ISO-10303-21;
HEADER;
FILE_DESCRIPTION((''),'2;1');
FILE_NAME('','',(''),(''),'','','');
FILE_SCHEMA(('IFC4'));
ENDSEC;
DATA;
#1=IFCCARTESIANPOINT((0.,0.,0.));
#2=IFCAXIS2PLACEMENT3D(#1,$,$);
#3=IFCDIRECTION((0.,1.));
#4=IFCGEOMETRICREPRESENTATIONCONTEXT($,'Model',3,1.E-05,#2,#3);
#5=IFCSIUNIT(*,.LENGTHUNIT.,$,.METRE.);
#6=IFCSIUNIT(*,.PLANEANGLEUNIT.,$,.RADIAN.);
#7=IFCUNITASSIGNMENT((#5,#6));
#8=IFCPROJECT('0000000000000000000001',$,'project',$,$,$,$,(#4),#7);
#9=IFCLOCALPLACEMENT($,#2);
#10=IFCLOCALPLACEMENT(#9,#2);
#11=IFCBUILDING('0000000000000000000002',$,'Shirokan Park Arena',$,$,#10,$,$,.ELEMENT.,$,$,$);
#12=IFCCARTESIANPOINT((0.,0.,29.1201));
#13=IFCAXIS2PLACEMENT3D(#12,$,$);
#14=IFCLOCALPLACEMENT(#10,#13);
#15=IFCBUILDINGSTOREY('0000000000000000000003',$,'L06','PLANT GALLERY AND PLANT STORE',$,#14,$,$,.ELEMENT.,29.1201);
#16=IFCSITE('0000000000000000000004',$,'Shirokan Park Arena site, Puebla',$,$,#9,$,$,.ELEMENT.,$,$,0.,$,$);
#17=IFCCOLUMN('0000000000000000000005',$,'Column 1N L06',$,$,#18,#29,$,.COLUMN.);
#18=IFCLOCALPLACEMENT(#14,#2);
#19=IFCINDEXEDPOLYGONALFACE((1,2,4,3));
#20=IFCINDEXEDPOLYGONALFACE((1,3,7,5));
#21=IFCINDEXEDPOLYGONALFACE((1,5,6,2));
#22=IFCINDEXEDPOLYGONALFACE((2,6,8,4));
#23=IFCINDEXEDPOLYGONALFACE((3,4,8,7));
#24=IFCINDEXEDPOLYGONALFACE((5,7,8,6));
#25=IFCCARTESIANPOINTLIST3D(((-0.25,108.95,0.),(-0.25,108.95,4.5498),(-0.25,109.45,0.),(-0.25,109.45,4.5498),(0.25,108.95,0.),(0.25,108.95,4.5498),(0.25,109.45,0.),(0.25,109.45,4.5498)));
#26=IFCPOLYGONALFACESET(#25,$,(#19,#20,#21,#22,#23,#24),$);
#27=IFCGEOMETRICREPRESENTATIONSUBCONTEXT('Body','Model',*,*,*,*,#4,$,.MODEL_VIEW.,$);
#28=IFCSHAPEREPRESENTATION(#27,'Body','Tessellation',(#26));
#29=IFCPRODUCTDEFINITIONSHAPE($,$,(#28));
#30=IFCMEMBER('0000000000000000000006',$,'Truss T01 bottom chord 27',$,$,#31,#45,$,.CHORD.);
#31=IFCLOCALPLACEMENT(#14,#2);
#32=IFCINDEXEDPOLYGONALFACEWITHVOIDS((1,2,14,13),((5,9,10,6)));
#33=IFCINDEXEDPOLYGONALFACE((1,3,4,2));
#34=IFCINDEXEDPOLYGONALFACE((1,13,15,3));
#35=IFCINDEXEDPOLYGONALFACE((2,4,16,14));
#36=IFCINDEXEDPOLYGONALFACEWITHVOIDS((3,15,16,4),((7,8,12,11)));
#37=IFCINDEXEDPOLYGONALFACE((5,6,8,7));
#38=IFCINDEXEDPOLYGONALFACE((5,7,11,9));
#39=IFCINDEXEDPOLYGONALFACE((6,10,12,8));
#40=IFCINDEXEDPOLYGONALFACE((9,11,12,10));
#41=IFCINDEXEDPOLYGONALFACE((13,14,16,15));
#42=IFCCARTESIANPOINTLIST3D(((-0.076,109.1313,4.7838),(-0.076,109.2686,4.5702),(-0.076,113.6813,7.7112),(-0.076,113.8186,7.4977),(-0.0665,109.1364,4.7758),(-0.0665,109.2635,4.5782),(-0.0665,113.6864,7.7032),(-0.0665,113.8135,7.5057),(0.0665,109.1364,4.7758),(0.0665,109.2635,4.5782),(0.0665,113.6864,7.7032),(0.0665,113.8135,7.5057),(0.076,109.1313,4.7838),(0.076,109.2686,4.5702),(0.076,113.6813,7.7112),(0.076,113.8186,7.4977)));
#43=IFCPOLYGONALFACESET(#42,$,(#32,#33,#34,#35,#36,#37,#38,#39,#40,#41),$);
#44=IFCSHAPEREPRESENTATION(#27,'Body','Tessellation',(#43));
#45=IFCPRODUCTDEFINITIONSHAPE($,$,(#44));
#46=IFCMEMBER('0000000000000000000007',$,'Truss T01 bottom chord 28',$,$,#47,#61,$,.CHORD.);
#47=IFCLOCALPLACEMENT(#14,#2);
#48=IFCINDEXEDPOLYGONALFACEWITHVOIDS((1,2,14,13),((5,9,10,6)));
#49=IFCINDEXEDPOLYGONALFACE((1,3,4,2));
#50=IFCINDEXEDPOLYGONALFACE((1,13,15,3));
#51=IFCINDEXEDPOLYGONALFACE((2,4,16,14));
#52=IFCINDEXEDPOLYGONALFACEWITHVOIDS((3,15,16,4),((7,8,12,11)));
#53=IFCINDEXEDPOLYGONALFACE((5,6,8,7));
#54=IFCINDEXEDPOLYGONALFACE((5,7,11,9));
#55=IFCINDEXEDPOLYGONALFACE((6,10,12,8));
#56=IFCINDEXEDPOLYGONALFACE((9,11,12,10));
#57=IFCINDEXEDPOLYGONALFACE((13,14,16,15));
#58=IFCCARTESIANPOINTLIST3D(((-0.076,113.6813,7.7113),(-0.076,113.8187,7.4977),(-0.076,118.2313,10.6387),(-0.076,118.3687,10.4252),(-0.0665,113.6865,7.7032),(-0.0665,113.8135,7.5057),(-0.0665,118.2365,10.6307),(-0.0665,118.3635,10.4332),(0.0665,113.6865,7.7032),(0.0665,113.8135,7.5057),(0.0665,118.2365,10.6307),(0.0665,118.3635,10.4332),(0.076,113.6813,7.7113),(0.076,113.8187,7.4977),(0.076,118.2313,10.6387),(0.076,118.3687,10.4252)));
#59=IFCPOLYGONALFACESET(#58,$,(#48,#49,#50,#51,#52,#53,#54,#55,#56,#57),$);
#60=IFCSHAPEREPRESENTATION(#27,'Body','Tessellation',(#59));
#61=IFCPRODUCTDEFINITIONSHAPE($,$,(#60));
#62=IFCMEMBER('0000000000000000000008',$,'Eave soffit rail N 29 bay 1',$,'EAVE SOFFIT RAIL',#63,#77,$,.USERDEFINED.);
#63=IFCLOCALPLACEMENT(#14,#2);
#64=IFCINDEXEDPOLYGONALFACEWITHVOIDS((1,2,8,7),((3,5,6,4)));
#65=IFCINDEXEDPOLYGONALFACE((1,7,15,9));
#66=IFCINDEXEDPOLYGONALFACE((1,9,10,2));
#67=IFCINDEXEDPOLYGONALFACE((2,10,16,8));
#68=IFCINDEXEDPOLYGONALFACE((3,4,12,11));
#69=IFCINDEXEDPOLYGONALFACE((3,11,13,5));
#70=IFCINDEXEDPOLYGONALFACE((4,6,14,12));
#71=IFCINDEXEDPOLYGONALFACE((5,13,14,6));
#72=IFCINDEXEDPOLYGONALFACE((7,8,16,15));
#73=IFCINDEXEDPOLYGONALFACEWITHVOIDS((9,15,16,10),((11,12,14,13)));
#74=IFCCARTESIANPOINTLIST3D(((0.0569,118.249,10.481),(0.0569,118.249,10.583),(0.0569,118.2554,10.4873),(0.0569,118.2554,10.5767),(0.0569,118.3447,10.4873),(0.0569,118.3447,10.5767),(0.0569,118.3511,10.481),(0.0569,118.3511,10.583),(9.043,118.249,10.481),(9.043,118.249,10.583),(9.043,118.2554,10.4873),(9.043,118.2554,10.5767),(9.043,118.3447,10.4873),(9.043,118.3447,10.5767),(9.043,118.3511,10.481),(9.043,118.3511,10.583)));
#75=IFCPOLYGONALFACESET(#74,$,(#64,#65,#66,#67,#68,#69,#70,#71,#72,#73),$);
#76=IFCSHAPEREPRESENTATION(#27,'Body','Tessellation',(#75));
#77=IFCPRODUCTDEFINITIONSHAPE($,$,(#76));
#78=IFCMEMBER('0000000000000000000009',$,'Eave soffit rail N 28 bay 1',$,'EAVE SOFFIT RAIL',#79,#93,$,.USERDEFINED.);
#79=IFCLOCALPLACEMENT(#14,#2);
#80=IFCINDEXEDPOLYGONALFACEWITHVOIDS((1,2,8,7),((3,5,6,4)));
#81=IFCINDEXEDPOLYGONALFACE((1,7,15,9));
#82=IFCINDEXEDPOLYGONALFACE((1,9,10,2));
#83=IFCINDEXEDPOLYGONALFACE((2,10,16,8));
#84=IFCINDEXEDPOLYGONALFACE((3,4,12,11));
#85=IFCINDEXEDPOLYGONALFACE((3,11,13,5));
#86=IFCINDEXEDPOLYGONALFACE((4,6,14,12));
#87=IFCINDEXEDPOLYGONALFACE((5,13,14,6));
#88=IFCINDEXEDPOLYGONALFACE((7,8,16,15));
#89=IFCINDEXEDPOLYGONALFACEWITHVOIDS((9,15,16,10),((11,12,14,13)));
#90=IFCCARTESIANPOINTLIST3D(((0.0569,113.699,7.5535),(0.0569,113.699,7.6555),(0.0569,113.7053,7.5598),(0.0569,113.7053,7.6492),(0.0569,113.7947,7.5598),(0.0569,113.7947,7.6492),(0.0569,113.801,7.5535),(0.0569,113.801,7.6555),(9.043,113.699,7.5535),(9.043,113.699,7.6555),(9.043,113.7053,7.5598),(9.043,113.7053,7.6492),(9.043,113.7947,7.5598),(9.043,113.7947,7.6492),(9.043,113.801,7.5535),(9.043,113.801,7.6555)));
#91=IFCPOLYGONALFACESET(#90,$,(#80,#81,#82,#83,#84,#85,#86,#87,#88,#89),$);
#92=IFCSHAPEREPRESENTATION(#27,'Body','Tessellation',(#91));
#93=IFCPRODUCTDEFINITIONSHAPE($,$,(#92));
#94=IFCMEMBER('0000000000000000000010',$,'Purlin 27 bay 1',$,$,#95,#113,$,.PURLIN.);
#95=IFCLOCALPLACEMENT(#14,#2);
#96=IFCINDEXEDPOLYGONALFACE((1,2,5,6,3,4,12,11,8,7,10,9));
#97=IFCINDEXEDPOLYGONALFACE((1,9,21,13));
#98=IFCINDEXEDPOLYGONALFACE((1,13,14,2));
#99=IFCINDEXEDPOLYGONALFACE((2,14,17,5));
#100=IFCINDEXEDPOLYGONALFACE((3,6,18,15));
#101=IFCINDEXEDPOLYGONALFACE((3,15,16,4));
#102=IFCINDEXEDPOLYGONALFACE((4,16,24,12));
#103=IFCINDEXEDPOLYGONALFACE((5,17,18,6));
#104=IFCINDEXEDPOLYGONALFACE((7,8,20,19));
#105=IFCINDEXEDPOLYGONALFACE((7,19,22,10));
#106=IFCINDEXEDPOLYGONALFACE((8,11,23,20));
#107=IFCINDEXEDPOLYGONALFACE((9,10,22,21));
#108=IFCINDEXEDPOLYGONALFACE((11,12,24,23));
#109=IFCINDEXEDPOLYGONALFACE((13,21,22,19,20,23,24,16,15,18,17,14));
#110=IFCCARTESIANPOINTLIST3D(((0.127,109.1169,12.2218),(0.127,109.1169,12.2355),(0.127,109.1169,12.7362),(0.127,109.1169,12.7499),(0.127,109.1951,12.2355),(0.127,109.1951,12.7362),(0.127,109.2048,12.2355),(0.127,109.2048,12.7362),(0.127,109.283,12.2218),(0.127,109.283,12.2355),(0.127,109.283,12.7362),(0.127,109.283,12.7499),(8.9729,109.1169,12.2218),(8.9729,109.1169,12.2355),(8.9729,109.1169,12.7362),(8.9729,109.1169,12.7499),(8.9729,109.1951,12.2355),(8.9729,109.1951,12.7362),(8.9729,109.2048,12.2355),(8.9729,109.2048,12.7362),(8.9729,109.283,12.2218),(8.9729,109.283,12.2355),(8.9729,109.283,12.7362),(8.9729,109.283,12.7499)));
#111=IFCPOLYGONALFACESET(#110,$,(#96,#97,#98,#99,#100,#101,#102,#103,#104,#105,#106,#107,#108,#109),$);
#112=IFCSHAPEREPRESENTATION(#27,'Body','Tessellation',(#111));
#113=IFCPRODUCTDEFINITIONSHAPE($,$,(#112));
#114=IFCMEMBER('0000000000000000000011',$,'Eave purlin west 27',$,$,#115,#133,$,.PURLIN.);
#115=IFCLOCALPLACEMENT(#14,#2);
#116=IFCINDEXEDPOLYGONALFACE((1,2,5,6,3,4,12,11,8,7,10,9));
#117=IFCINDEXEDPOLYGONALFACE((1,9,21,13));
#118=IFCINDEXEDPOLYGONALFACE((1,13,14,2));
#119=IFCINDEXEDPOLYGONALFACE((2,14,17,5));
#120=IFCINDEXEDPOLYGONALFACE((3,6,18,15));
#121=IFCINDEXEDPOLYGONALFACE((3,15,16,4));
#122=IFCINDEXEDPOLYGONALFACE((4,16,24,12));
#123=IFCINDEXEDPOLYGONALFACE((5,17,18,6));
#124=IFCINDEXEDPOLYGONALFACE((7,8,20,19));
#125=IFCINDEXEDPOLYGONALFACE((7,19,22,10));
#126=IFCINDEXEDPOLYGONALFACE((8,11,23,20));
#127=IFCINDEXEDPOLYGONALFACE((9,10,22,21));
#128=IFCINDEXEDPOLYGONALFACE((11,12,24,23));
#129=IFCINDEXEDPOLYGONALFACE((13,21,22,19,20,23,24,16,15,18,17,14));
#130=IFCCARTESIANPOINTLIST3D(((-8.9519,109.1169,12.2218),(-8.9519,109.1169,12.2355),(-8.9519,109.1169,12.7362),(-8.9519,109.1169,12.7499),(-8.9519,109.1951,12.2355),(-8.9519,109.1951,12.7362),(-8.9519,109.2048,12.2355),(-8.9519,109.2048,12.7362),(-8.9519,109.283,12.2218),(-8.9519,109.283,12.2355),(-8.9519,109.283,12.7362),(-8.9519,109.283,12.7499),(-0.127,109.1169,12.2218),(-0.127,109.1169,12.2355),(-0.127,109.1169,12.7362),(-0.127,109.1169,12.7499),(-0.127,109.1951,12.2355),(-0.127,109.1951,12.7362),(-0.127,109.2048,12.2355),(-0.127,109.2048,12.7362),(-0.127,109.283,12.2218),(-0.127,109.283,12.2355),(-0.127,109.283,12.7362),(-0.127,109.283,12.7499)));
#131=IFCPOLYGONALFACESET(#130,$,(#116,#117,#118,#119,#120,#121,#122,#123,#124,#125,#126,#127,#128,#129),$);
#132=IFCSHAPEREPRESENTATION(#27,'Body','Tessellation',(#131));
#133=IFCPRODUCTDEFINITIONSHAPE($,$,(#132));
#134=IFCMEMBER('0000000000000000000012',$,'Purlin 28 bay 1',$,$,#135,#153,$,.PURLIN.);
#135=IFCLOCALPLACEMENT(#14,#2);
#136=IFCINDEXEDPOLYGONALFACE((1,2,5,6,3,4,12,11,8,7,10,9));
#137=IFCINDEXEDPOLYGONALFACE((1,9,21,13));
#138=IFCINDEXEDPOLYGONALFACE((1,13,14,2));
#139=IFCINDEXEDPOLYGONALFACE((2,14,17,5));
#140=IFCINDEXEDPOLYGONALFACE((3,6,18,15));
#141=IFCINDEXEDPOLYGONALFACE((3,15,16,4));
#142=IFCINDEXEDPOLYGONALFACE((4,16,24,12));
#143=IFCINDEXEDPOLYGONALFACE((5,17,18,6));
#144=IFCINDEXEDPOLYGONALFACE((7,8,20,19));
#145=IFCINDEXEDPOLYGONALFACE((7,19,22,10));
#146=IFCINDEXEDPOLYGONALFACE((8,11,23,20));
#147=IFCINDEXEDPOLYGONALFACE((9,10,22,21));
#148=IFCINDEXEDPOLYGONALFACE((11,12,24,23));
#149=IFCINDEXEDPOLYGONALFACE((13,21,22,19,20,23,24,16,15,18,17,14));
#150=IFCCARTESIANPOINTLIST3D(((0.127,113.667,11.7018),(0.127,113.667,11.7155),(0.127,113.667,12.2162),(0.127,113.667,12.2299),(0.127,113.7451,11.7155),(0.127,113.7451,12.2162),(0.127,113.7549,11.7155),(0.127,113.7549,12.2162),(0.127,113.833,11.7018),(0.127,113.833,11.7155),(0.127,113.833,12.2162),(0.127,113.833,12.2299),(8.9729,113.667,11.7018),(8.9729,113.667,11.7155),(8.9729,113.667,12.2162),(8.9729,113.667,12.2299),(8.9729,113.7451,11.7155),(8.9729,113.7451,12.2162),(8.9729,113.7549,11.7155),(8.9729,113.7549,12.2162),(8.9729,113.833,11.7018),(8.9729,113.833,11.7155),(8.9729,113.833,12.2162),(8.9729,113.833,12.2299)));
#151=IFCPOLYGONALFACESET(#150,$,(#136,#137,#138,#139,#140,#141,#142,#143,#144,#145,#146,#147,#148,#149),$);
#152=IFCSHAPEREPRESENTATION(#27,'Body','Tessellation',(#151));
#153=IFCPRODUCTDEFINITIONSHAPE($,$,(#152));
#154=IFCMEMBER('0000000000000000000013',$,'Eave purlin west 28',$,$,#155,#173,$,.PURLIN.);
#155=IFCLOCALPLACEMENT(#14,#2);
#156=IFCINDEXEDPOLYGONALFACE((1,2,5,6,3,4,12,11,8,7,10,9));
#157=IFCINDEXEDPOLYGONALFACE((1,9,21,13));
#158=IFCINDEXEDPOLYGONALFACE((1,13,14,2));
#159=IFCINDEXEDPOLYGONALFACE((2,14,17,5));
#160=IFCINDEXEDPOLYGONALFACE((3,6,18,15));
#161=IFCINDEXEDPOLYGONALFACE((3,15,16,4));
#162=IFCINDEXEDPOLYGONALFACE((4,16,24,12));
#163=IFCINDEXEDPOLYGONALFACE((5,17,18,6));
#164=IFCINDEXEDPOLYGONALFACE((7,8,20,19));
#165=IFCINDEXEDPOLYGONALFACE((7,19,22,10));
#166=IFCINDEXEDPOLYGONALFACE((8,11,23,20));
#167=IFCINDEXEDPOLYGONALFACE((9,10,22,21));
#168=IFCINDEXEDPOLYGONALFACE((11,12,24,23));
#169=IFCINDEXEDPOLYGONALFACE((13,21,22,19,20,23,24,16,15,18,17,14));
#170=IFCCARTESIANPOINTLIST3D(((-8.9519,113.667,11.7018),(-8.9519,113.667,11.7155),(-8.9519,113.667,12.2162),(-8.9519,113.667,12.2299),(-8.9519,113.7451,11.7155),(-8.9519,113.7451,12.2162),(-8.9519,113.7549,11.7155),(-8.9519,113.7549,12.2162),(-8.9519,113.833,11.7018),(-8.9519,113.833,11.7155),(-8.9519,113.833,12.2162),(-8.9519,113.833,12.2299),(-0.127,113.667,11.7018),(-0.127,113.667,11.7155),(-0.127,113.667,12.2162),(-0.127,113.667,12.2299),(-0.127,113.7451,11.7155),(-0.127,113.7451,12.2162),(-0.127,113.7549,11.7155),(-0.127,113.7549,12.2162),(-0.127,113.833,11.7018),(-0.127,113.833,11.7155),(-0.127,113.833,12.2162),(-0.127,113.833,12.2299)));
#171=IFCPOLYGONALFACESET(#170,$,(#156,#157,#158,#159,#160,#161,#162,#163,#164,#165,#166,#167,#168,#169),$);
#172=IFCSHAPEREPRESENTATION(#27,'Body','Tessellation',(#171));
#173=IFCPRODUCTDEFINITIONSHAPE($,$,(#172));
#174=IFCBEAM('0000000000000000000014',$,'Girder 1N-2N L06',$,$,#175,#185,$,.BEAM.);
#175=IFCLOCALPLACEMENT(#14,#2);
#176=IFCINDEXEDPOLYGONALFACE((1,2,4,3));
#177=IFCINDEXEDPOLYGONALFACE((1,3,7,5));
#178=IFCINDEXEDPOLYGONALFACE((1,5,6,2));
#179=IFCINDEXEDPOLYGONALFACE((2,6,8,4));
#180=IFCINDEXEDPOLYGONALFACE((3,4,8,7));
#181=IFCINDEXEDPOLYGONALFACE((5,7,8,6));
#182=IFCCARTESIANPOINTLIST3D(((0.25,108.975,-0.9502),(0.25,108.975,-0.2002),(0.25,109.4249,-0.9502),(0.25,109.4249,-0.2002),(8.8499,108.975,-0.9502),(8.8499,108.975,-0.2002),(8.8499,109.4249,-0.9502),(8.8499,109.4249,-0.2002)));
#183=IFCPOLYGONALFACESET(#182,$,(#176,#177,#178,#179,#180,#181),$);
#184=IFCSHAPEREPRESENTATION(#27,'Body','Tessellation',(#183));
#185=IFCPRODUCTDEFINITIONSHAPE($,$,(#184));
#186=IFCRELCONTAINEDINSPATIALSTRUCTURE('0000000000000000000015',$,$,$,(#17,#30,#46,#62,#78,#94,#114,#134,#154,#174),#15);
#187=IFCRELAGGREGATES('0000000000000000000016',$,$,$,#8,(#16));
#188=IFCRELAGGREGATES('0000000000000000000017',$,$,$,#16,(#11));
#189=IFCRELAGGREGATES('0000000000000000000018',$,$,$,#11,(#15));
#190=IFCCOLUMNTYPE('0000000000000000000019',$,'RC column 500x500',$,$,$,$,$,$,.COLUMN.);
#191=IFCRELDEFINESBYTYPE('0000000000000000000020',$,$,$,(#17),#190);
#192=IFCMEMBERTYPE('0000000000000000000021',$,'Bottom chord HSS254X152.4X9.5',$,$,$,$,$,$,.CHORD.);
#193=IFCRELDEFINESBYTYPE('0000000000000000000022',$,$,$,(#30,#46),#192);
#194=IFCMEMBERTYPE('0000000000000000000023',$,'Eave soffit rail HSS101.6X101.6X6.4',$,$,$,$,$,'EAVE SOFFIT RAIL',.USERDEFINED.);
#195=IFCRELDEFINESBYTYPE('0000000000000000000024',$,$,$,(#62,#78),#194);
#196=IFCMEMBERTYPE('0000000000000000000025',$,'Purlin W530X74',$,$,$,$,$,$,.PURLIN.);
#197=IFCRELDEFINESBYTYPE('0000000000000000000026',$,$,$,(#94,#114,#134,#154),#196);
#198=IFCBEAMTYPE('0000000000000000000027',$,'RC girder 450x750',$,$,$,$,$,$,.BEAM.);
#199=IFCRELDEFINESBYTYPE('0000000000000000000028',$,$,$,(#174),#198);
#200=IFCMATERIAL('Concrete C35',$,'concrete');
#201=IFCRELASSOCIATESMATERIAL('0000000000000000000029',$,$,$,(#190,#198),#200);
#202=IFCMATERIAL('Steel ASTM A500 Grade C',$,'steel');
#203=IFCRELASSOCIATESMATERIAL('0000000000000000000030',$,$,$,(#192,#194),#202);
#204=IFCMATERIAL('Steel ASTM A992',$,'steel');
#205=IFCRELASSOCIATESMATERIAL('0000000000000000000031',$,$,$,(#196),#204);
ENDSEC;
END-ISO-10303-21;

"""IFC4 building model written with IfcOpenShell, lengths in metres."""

from ifc_helpers import new_model, si_unit, direction, frame, origin, origin_2d, place, context, subcontext, project, spatial, rectangle, hollow_rectangle, i_section, extrude, material, material_profile, profile_set, type_object, element, save


model = new_model("IFC4")

# Units and contexts
model_context = context("Model", 3, precision=1e-05, world=origin(), true_north=direction((0.0, 1.0)))
body_context = subcontext(model_context, "Body", "Model", "MODEL_VIEW")
ifc_project = project(units=[si_unit("LENGTHUNIT", "METRE"), si_unit("PLANEANGLEUNIT", "RADIAN")], contexts=[model_context])

# Site, building, storey
site_placement = place(None, origin())
site = spatial("IfcSite", under=ifc_project, at=site_placement, Name="Shirokan Park Arena site, Puebla", CompositionType="ELEMENT", RefElevation=0.0)
building_placement = place(site_placement, origin())
building = spatial("IfcBuilding", under=site, at=building_placement, Name="Shirokan Park Arena", CompositionType="ELEMENT")
storey_placement = place(building_placement, frame((0.0, 0.0, 29.1201)))
storey = spatial("IfcBuildingStorey", under=building, at=storey_placement, Name="L06", Description="PLANT GALLERY AND PLANT STORE", CompositionType="ELEMENT", Elevation=29.1201)

# Column
ifc_material_1 = material(Name="Concrete C35", Category="concrete")
ifc_material_profile_1 = material_profile(ifc_material_1, rectangle(XDim=0.5, YDim=0.5, at=origin_2d()), Name="500x500")
ifc_profile_set_1 = profile_set([ifc_material_profile_1], Name="Concrete C35")
column_type = type_object("IfcColumnType", Name="RC column 500x500", PredefinedType="COLUMN", material=ifc_profile_set_1)
column_placement = place(storey_placement, frame((0.0, 109.2, 0.0), z_axis=(0.0, 0.0, 1.0), x_axis=(1.0, 0.0, 0.0)))
element("IfcColumn", 1, at=column_placement, inside=storey, type_object=column_type, Name="Column 1N L06", PredefinedType="COLUMN", context=body_context, shape_type="SweptSolid", body=[
    extrude(rectangle(XDim=0.5, YDim=0.5, at=origin_2d()), origin(), (0.0, 0.0, 1.0), 4.5498),
])

# Members
ifc_material_2 = material(Name="Steel ASTM A500 Grade C", Category="steel")
ifc_material_profile_2 = material_profile(ifc_material_2, hollow_rectangle(XDim=0.1521, YDim=0.2539, WallThickness=0.0095, at=origin_2d()), Name="HSS254X152.4X9.5")
ifc_profile_set_2 = profile_set([ifc_material_profile_2], Name="Steel ASTM A500 Grade C")
member_type_1 = type_object("IfcMemberType", Name="Bottom chord HSS254X152.4X9.5", PredefinedType="CHORD", material=ifc_profile_set_2)
for number, where, z_axis, x_axis, name in (
    (2, (0.0, 109.2, 4.677), (0.0, 0.840972, 0.541079), (-1.0, 0.0, 0.0), "Truss T01 bottom chord 27"),
    (3, (0.0, 113.75, 7.6045), (0.0, 0.840972, 0.541079), (-1.0, 0.0, 0.0), "Truss T01 bottom chord 28"),
):
    element("IfcMember", number, at=place(storey_placement, frame(where, z_axis=z_axis, x_axis=x_axis)), inside=storey, type_object=member_type_1, Name=name, PredefinedType="CHORD", context=body_context, shape_type="SweptSolid", body=[
        extrude(hollow_rectangle(XDim=0.1521, YDim=0.2539, WallThickness=0.0095, at=origin_2d()), origin(), (0.0, 0.0, 1.0), 5.4104),
    ])
ifc_material_profile_3 = material_profile(ifc_material_2, hollow_rectangle(XDim=0.1021, YDim=0.1021, WallThickness=0.0063, at=origin_2d()), Name="HSS101.6X101.6X6.4")
ifc_profile_set_3 = profile_set([ifc_material_profile_3], Name="Steel ASTM A500 Grade C")
member_type_2 = type_object("IfcMemberType", Name="Eave soffit rail HSS101.6X101.6X6.4", ElementType="EAVE SOFFIT RAIL", PredefinedType="USERDEFINED", material=ifc_profile_set_3)
for number, where, z_axis, x_axis, name in (
    (4, (0.0569, 118.3, 10.532), (1.0, 0.0, 0.0), (0.0, 1.0, 0.0), "Eave soffit rail N 29 bay 1"),
    (5, (0.0569, 113.75, 7.6045), (1.0, 0.0, 0.0), (0.0, 1.0, 0.0), "Eave soffit rail N 28 bay 1"),
):
    element("IfcMember", number, at=place(storey_placement, frame(where, z_axis=z_axis, x_axis=x_axis)), inside=storey, type_object=member_type_2, Name=name, ObjectType="EAVE SOFFIT RAIL", PredefinedType="USERDEFINED", context=body_context, shape_type="SweptSolid", body=[
        extrude(hollow_rectangle(XDim=0.1021, YDim=0.1021, WallThickness=0.0063, at=origin_2d()), origin(), (0.0, 0.0, 1.0), 8.9861),
    ])
ifc_material_3 = material(Name="Steel ASTM A992", Category="steel")
ifc_material_profile_4 = material_profile(ifc_material_3, i_section(OverallWidth=0.166, OverallDepth=0.5281, WebThickness=0.0098, FlangeThickness=0.0137, at=origin_2d()), Name="W530X74")
ifc_profile_set_4 = profile_set([ifc_material_profile_4], Name="Steel ASTM A992")
member_type_3 = type_object("IfcMemberType", Name="Purlin W530X74", PredefinedType="PURLIN", material=ifc_profile_set_4)
member_1_placement = place(storey_placement, frame((0.127, 109.2, 12.4858), z_axis=(1.0, 0.0, 0.0), x_axis=(0.0, 1.0, 0.0)))
element("IfcMember", 6, at=member_1_placement, inside=storey, type_object=member_type_3, Name="Purlin 27 bay 1", PredefinedType="PURLIN", context=body_context, shape_type="SweptSolid", body=[
    extrude(i_section(OverallWidth=0.166, OverallDepth=0.5281, WebThickness=0.0098, FlangeThickness=0.0137, at=origin_2d()), origin(), (0.0, 0.0, 1.0), 8.8459),
])
member_2_placement = place(storey_placement, frame((-8.9519, 109.2, 12.4858), z_axis=(1.0, 0.0, 0.0), x_axis=(0.0, 1.0, 0.0)))
element("IfcMember", 7, at=member_2_placement, inside=storey, type_object=member_type_3, Name="Eave purlin west 27", PredefinedType="PURLIN", context=body_context, shape_type="SweptSolid", body=[
    extrude(i_section(OverallWidth=0.166, OverallDepth=0.5281, WebThickness=0.0098, FlangeThickness=0.0137, at=origin_2d()), origin(), (0.0, 0.0, 1.0), 8.825),
])
member_3_placement = place(storey_placement, frame((0.127, 113.75, 11.9658), z_axis=(1.0, 0.0, 0.0), x_axis=(0.0, 1.0, 0.0)))
element("IfcMember", 8, at=member_3_placement, inside=storey, type_object=member_type_3, Name="Purlin 28 bay 1", PredefinedType="PURLIN", context=body_context, shape_type="SweptSolid", body=[
    extrude(i_section(OverallWidth=0.166, OverallDepth=0.5281, WebThickness=0.0098, FlangeThickness=0.0137, at=origin_2d()), origin(), (0.0, 0.0, 1.0), 8.8459),
])
member_4_placement = place(storey_placement, frame((-8.9519, 113.75, 11.9658), z_axis=(1.0, 0.0, 0.0), x_axis=(0.0, 1.0, 0.0)))
element("IfcMember", 9, at=member_4_placement, inside=storey, type_object=member_type_3, Name="Eave purlin west 28", PredefinedType="PURLIN", context=body_context, shape_type="SweptSolid", body=[
    extrude(i_section(OverallWidth=0.166, OverallDepth=0.5281, WebThickness=0.0098, FlangeThickness=0.0137, at=origin_2d()), origin(), (0.0, 0.0, 1.0), 8.825),
])

# Beam
ifc_material_profile_5 = material_profile(ifc_material_1, rectangle(XDim=0.45, YDim=0.75, at=origin_2d()), Name="450x750")
ifc_profile_set_5 = profile_set([ifc_material_profile_5], Name="Concrete C35")
beam_type = type_object("IfcBeamType", Name="RC girder 450x750", PredefinedType="BEAM", material=ifc_profile_set_5)
beam_placement = place(storey_placement, frame((0.25, 109.2, -0.5752), z_axis=(1.0, 0.0, 0.0), x_axis=(0.0, 1.0, 0.0)))
element("IfcBeam", 10, at=beam_placement, inside=storey, type_object=beam_type, Name="Girder 1N-2N L06", PredefinedType="BEAM", context=body_context, shape_type="SweptSolid", body=[
    extrude(rectangle(XDim=0.45, YDim=0.75, at=origin_2d()), origin(), (0.0, 0.0, 1.0), 8.5999),
])

save(model, "model.ifc")
